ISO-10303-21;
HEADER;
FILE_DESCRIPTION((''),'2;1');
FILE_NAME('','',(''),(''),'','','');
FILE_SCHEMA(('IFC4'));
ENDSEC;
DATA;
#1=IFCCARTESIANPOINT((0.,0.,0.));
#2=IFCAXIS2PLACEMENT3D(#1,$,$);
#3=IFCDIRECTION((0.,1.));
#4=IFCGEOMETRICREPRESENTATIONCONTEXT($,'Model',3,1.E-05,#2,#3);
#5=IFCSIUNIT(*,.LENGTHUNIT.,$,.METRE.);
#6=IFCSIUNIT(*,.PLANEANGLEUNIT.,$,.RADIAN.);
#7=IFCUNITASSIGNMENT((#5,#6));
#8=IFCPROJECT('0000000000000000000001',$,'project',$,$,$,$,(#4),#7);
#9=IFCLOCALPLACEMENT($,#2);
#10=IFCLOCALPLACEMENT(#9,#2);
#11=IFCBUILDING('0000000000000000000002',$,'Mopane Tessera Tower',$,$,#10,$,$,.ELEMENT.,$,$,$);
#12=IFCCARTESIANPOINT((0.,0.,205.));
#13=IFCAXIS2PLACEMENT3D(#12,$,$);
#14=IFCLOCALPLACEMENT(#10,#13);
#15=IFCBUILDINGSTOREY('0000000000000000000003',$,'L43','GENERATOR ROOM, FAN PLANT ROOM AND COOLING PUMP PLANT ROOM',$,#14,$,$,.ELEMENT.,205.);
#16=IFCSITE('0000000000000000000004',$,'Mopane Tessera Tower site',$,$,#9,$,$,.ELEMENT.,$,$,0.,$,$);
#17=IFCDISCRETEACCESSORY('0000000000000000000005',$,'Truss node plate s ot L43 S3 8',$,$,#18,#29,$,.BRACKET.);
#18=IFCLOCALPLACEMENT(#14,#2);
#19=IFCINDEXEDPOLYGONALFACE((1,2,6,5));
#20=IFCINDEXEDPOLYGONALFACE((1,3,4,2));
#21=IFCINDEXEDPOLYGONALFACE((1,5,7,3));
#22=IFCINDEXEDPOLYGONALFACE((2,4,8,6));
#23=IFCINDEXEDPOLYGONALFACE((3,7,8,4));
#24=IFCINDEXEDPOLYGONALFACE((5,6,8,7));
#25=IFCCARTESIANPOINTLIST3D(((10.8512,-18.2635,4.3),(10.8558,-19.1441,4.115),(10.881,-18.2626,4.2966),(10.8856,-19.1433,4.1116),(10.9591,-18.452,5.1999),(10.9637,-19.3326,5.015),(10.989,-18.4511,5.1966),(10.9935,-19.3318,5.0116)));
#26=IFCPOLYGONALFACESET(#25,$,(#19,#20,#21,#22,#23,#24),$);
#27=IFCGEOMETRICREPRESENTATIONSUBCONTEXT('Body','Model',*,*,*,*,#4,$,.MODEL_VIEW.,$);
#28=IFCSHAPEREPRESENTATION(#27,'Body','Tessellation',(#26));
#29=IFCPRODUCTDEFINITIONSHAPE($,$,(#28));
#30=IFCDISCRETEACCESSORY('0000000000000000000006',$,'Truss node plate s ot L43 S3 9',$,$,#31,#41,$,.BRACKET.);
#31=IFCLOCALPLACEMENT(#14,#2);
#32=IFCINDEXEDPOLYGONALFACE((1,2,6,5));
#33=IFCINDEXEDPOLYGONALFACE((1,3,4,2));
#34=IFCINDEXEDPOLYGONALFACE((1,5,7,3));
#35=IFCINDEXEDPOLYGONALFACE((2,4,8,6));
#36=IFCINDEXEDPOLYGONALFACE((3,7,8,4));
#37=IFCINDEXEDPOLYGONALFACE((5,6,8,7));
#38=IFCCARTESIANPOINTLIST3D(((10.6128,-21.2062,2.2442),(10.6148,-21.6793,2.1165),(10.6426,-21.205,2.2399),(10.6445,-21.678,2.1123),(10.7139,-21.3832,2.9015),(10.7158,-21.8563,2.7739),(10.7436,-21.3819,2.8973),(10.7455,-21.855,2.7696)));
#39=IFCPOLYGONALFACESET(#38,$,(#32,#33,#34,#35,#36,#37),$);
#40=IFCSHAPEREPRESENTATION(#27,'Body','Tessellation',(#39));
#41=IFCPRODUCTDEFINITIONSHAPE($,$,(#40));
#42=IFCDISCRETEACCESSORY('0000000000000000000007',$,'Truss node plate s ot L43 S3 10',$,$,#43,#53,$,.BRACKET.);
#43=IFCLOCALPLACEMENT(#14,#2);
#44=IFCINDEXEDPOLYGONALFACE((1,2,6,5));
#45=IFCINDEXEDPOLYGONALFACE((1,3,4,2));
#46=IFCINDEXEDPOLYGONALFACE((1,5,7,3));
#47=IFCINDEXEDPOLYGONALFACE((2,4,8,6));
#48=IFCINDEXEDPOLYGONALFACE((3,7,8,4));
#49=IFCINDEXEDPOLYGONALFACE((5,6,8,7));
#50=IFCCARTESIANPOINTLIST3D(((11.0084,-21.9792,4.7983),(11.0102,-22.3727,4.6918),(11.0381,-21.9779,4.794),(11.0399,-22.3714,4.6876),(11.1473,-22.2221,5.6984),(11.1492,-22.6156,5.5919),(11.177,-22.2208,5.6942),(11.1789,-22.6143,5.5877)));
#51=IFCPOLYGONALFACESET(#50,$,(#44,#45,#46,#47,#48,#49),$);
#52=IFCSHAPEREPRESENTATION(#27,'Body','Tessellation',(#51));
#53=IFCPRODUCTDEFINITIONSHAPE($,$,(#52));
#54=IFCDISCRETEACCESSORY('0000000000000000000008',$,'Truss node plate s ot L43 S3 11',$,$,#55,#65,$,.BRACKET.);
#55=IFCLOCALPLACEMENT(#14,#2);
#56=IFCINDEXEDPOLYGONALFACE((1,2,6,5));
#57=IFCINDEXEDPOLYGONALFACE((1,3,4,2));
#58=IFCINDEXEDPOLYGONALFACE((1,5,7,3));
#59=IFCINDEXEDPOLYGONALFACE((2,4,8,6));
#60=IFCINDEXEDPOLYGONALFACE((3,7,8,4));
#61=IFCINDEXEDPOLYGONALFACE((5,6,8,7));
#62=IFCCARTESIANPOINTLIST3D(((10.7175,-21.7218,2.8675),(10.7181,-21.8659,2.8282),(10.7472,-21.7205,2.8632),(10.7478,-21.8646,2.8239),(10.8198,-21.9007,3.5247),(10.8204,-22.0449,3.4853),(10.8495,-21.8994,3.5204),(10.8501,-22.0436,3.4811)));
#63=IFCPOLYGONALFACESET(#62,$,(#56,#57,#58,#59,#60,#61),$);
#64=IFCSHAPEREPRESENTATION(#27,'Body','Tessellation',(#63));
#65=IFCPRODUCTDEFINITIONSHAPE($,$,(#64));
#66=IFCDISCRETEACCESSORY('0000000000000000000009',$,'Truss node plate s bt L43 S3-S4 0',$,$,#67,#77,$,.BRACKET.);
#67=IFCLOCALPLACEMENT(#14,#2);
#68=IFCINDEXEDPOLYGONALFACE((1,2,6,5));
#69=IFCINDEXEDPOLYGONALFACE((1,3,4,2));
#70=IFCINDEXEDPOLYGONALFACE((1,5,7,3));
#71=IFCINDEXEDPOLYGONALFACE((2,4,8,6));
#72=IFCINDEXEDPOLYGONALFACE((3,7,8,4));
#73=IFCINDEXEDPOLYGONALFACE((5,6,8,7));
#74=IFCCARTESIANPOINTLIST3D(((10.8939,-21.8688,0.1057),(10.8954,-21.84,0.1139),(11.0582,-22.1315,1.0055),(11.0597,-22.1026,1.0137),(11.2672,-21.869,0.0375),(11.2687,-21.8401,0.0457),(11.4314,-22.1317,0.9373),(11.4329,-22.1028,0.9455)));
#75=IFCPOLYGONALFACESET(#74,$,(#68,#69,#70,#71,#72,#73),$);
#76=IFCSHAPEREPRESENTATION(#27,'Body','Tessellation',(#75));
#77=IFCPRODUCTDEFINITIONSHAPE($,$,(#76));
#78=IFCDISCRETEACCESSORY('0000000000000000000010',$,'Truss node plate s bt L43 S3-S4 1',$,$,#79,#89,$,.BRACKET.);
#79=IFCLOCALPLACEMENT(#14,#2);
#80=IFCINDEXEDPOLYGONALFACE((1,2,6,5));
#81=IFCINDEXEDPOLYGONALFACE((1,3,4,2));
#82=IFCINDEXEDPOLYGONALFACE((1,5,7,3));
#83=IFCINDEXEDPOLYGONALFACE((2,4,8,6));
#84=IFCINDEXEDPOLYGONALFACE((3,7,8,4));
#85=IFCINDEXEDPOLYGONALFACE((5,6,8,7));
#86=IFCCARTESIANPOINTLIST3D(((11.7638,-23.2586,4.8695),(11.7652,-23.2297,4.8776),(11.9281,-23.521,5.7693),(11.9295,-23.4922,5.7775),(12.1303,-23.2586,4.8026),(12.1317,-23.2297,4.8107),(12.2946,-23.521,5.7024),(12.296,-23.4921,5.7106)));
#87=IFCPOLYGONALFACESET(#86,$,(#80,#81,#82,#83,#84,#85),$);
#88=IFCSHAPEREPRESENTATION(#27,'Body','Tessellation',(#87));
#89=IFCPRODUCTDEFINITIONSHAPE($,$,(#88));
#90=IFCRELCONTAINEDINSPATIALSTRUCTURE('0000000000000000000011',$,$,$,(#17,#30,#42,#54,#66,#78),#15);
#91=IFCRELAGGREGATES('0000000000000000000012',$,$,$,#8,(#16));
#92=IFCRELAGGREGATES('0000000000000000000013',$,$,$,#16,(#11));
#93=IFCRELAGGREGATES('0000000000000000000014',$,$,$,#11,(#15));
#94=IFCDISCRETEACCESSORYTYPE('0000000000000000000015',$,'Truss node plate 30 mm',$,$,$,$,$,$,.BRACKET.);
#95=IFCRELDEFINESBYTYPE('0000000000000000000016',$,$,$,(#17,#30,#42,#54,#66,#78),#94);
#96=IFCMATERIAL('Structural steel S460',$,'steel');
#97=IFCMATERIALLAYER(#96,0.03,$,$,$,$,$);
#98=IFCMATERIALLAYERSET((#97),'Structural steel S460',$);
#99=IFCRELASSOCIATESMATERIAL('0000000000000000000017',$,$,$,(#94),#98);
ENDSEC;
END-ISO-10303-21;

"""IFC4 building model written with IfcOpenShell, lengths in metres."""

from ifc_helpers import new_model, si_unit, direction, frame, origin, origin_2d, place, context, subcontext, project, spatial, rectangle, extrude, material, layer, layer_set, type_object, element, save


model = new_model("IFC4")

# Units and contexts
model_context = context("Model", 3, precision=1e-05, world=origin(), true_north=direction((0.0, 1.0)))
body_context = subcontext(model_context, "Body", "Model", "MODEL_VIEW")
ifc_project = project(units=[si_unit("LENGTHUNIT", "METRE"), si_unit("PLANEANGLEUNIT", "RADIAN")], contexts=[model_context])

# Site, building, storey
site_placement = place(None, origin())
site = spatial("IfcSite", under=ifc_project, at=site_placement, Name="Mopane Tessera Tower site", CompositionType="ELEMENT", RefElevation=0.0)
building_placement = place(site_placement, origin())
building = spatial("IfcBuilding", under=site, at=building_placement, Name="Mopane Tessera Tower", CompositionType="ELEMENT")
storey_placement = place(building_placement, frame((0.0, 0.0, 205.0)))
storey = spatial("IfcBuildingStorey", under=building, at=storey_placement, Name="L43", Description="GENERATOR ROOM, FAN PLANT ROOM AND COOLING PUMP PLANT ROOM", CompositionType="ELEMENT", Elevation=205.0)

# Discrete accessories
ifc_material_1 = material(Name="Structural steel S460", Category="steel")
ifc_layer_1 = layer(ifc_material_1, 0.03)
ifc_layer_set_1 = layer_set([ifc_layer_1], Name="Structural steel S460")
discrete_accessory_type = type_object("IfcDiscreteAccessoryType", Name="Truss node plate 30 mm", PredefinedType="BRACKET", material=ifc_layer_set_1)
discrete_accessory_1_placement = place(storey_placement, frame((10.8684, -18.7034, 4.2058), z_axis=(0.116567, -0.203596, 0.972091), x_axis=(0.99317, 0.028895, -0.113042)))
element("IfcDiscreteAccessory", 1, at=discrete_accessory_1_placement, inside=storey, type_object=discrete_accessory_type, Name="Truss node plate s ot L43 S3 8", PredefinedType="BRACKET", context=body_context, shape_type="SweptSolid", body=[
    extrude(rectangle(XDim=0.03, YDim=0.8999, at=origin_2d()), origin(), (0.0, 0.0, 1.0), 0.9258),
])
discrete_accessory_2_placement = place(storey_placement, frame((10.6287, -21.4421, 2.1782), z_axis=(0.146837, -0.257143, 0.955153), x_axis=(0.989153, 0.042003, -0.140756)))
element("IfcDiscreteAccessory", 2, at=discrete_accessory_2_placement, inside=storey, type_object=discrete_accessory_type, Name="Truss node plate s ot L43 S3 9", PredefinedType="BRACKET", context=body_context, shape_type="SweptSolid", body=[
    extrude(rectangle(XDim=0.03, YDim=0.49, at=origin_2d()), origin(), (0.0, 0.0, 1.0), 0.6882),
])
discrete_accessory_3_placement = place(storey_placement, frame((11.0242, -22.1753, 4.7429), z_axis=(0.147369, -0.257702, 0.95492), x_axis=(0.989071, 0.042816, -0.141085)))
element("IfcDiscreteAccessory", 3, at=discrete_accessory_3_placement, inside=storey, type_object=discrete_accessory_type, Name="Truss node plate s ot L43 S3 10", PredefinedType="BRACKET", context=body_context, shape_type="SweptSolid", body=[
    extrude(rectangle(XDim=0.03, YDim=0.4077, at=origin_2d()), origin(), (0.0, 0.0, 1.0), 0.9426),
])
discrete_accessory_4_placement = place(storey_placement, frame((10.7327, -21.7932, 2.8457), z_axis=(0.148513, -0.25981, 0.954171), x_axis=(0.988901, 0.043269, -0.142137)))
element("IfcDiscreteAccessory", 4, at=discrete_accessory_4_placement, inside=storey, type_object=discrete_accessory_type, Name="Truss node plate s ot L43 S3 11", PredefinedType="BRACKET", context=body_context, shape_type="SweptSolid", body=[
    extrude(rectangle(XDim=0.03, YDim=0.1494, at=origin_2d()), origin(), (0.0, 0.0, 1.0), 0.6887),
])
discrete_accessory_5_placement = place(storey_placement, frame((11.0813, -21.8545, 0.0757), z_axis=(0.172636, -0.276013, 0.945523), x_axis=(0.050054, 0.961154, 0.271437)))
element("IfcDiscreteAccessory", 5, at=discrete_accessory_5_placement, inside=storey, type_object=discrete_accessory_type, Name="Truss node plate s bt L43 S3-S4 0", PredefinedType="BRACKET", context=body_context, shape_type="SweptSolid", body=[
    extrude(rectangle(XDim=0.03, YDim=0.3794, at=origin_2d()), origin(), (0.0, 0.0, 1.0), 0.9517),
])
discrete_accessory_6_placement = place(storey_placement, frame((11.9478, -23.2441, 4.8401), z_axis=(0.172648, -0.275776, 0.94559), x_axis=(0.049476, 0.961222, 0.271301)))
element("IfcDiscreteAccessory", 6, at=discrete_accessory_6_placement, inside=storey, type_object=discrete_accessory_type, Name="Truss node plate s bt L43 S3-S4 1", PredefinedType="BRACKET", context=body_context, shape_type="SweptSolid", body=[
    extrude(rectangle(XDim=0.03, YDim=0.3726, at=origin_2d()), origin(), (0.0, 0.0, 1.0), 0.9517),
])

save(model, "model.ifc")
